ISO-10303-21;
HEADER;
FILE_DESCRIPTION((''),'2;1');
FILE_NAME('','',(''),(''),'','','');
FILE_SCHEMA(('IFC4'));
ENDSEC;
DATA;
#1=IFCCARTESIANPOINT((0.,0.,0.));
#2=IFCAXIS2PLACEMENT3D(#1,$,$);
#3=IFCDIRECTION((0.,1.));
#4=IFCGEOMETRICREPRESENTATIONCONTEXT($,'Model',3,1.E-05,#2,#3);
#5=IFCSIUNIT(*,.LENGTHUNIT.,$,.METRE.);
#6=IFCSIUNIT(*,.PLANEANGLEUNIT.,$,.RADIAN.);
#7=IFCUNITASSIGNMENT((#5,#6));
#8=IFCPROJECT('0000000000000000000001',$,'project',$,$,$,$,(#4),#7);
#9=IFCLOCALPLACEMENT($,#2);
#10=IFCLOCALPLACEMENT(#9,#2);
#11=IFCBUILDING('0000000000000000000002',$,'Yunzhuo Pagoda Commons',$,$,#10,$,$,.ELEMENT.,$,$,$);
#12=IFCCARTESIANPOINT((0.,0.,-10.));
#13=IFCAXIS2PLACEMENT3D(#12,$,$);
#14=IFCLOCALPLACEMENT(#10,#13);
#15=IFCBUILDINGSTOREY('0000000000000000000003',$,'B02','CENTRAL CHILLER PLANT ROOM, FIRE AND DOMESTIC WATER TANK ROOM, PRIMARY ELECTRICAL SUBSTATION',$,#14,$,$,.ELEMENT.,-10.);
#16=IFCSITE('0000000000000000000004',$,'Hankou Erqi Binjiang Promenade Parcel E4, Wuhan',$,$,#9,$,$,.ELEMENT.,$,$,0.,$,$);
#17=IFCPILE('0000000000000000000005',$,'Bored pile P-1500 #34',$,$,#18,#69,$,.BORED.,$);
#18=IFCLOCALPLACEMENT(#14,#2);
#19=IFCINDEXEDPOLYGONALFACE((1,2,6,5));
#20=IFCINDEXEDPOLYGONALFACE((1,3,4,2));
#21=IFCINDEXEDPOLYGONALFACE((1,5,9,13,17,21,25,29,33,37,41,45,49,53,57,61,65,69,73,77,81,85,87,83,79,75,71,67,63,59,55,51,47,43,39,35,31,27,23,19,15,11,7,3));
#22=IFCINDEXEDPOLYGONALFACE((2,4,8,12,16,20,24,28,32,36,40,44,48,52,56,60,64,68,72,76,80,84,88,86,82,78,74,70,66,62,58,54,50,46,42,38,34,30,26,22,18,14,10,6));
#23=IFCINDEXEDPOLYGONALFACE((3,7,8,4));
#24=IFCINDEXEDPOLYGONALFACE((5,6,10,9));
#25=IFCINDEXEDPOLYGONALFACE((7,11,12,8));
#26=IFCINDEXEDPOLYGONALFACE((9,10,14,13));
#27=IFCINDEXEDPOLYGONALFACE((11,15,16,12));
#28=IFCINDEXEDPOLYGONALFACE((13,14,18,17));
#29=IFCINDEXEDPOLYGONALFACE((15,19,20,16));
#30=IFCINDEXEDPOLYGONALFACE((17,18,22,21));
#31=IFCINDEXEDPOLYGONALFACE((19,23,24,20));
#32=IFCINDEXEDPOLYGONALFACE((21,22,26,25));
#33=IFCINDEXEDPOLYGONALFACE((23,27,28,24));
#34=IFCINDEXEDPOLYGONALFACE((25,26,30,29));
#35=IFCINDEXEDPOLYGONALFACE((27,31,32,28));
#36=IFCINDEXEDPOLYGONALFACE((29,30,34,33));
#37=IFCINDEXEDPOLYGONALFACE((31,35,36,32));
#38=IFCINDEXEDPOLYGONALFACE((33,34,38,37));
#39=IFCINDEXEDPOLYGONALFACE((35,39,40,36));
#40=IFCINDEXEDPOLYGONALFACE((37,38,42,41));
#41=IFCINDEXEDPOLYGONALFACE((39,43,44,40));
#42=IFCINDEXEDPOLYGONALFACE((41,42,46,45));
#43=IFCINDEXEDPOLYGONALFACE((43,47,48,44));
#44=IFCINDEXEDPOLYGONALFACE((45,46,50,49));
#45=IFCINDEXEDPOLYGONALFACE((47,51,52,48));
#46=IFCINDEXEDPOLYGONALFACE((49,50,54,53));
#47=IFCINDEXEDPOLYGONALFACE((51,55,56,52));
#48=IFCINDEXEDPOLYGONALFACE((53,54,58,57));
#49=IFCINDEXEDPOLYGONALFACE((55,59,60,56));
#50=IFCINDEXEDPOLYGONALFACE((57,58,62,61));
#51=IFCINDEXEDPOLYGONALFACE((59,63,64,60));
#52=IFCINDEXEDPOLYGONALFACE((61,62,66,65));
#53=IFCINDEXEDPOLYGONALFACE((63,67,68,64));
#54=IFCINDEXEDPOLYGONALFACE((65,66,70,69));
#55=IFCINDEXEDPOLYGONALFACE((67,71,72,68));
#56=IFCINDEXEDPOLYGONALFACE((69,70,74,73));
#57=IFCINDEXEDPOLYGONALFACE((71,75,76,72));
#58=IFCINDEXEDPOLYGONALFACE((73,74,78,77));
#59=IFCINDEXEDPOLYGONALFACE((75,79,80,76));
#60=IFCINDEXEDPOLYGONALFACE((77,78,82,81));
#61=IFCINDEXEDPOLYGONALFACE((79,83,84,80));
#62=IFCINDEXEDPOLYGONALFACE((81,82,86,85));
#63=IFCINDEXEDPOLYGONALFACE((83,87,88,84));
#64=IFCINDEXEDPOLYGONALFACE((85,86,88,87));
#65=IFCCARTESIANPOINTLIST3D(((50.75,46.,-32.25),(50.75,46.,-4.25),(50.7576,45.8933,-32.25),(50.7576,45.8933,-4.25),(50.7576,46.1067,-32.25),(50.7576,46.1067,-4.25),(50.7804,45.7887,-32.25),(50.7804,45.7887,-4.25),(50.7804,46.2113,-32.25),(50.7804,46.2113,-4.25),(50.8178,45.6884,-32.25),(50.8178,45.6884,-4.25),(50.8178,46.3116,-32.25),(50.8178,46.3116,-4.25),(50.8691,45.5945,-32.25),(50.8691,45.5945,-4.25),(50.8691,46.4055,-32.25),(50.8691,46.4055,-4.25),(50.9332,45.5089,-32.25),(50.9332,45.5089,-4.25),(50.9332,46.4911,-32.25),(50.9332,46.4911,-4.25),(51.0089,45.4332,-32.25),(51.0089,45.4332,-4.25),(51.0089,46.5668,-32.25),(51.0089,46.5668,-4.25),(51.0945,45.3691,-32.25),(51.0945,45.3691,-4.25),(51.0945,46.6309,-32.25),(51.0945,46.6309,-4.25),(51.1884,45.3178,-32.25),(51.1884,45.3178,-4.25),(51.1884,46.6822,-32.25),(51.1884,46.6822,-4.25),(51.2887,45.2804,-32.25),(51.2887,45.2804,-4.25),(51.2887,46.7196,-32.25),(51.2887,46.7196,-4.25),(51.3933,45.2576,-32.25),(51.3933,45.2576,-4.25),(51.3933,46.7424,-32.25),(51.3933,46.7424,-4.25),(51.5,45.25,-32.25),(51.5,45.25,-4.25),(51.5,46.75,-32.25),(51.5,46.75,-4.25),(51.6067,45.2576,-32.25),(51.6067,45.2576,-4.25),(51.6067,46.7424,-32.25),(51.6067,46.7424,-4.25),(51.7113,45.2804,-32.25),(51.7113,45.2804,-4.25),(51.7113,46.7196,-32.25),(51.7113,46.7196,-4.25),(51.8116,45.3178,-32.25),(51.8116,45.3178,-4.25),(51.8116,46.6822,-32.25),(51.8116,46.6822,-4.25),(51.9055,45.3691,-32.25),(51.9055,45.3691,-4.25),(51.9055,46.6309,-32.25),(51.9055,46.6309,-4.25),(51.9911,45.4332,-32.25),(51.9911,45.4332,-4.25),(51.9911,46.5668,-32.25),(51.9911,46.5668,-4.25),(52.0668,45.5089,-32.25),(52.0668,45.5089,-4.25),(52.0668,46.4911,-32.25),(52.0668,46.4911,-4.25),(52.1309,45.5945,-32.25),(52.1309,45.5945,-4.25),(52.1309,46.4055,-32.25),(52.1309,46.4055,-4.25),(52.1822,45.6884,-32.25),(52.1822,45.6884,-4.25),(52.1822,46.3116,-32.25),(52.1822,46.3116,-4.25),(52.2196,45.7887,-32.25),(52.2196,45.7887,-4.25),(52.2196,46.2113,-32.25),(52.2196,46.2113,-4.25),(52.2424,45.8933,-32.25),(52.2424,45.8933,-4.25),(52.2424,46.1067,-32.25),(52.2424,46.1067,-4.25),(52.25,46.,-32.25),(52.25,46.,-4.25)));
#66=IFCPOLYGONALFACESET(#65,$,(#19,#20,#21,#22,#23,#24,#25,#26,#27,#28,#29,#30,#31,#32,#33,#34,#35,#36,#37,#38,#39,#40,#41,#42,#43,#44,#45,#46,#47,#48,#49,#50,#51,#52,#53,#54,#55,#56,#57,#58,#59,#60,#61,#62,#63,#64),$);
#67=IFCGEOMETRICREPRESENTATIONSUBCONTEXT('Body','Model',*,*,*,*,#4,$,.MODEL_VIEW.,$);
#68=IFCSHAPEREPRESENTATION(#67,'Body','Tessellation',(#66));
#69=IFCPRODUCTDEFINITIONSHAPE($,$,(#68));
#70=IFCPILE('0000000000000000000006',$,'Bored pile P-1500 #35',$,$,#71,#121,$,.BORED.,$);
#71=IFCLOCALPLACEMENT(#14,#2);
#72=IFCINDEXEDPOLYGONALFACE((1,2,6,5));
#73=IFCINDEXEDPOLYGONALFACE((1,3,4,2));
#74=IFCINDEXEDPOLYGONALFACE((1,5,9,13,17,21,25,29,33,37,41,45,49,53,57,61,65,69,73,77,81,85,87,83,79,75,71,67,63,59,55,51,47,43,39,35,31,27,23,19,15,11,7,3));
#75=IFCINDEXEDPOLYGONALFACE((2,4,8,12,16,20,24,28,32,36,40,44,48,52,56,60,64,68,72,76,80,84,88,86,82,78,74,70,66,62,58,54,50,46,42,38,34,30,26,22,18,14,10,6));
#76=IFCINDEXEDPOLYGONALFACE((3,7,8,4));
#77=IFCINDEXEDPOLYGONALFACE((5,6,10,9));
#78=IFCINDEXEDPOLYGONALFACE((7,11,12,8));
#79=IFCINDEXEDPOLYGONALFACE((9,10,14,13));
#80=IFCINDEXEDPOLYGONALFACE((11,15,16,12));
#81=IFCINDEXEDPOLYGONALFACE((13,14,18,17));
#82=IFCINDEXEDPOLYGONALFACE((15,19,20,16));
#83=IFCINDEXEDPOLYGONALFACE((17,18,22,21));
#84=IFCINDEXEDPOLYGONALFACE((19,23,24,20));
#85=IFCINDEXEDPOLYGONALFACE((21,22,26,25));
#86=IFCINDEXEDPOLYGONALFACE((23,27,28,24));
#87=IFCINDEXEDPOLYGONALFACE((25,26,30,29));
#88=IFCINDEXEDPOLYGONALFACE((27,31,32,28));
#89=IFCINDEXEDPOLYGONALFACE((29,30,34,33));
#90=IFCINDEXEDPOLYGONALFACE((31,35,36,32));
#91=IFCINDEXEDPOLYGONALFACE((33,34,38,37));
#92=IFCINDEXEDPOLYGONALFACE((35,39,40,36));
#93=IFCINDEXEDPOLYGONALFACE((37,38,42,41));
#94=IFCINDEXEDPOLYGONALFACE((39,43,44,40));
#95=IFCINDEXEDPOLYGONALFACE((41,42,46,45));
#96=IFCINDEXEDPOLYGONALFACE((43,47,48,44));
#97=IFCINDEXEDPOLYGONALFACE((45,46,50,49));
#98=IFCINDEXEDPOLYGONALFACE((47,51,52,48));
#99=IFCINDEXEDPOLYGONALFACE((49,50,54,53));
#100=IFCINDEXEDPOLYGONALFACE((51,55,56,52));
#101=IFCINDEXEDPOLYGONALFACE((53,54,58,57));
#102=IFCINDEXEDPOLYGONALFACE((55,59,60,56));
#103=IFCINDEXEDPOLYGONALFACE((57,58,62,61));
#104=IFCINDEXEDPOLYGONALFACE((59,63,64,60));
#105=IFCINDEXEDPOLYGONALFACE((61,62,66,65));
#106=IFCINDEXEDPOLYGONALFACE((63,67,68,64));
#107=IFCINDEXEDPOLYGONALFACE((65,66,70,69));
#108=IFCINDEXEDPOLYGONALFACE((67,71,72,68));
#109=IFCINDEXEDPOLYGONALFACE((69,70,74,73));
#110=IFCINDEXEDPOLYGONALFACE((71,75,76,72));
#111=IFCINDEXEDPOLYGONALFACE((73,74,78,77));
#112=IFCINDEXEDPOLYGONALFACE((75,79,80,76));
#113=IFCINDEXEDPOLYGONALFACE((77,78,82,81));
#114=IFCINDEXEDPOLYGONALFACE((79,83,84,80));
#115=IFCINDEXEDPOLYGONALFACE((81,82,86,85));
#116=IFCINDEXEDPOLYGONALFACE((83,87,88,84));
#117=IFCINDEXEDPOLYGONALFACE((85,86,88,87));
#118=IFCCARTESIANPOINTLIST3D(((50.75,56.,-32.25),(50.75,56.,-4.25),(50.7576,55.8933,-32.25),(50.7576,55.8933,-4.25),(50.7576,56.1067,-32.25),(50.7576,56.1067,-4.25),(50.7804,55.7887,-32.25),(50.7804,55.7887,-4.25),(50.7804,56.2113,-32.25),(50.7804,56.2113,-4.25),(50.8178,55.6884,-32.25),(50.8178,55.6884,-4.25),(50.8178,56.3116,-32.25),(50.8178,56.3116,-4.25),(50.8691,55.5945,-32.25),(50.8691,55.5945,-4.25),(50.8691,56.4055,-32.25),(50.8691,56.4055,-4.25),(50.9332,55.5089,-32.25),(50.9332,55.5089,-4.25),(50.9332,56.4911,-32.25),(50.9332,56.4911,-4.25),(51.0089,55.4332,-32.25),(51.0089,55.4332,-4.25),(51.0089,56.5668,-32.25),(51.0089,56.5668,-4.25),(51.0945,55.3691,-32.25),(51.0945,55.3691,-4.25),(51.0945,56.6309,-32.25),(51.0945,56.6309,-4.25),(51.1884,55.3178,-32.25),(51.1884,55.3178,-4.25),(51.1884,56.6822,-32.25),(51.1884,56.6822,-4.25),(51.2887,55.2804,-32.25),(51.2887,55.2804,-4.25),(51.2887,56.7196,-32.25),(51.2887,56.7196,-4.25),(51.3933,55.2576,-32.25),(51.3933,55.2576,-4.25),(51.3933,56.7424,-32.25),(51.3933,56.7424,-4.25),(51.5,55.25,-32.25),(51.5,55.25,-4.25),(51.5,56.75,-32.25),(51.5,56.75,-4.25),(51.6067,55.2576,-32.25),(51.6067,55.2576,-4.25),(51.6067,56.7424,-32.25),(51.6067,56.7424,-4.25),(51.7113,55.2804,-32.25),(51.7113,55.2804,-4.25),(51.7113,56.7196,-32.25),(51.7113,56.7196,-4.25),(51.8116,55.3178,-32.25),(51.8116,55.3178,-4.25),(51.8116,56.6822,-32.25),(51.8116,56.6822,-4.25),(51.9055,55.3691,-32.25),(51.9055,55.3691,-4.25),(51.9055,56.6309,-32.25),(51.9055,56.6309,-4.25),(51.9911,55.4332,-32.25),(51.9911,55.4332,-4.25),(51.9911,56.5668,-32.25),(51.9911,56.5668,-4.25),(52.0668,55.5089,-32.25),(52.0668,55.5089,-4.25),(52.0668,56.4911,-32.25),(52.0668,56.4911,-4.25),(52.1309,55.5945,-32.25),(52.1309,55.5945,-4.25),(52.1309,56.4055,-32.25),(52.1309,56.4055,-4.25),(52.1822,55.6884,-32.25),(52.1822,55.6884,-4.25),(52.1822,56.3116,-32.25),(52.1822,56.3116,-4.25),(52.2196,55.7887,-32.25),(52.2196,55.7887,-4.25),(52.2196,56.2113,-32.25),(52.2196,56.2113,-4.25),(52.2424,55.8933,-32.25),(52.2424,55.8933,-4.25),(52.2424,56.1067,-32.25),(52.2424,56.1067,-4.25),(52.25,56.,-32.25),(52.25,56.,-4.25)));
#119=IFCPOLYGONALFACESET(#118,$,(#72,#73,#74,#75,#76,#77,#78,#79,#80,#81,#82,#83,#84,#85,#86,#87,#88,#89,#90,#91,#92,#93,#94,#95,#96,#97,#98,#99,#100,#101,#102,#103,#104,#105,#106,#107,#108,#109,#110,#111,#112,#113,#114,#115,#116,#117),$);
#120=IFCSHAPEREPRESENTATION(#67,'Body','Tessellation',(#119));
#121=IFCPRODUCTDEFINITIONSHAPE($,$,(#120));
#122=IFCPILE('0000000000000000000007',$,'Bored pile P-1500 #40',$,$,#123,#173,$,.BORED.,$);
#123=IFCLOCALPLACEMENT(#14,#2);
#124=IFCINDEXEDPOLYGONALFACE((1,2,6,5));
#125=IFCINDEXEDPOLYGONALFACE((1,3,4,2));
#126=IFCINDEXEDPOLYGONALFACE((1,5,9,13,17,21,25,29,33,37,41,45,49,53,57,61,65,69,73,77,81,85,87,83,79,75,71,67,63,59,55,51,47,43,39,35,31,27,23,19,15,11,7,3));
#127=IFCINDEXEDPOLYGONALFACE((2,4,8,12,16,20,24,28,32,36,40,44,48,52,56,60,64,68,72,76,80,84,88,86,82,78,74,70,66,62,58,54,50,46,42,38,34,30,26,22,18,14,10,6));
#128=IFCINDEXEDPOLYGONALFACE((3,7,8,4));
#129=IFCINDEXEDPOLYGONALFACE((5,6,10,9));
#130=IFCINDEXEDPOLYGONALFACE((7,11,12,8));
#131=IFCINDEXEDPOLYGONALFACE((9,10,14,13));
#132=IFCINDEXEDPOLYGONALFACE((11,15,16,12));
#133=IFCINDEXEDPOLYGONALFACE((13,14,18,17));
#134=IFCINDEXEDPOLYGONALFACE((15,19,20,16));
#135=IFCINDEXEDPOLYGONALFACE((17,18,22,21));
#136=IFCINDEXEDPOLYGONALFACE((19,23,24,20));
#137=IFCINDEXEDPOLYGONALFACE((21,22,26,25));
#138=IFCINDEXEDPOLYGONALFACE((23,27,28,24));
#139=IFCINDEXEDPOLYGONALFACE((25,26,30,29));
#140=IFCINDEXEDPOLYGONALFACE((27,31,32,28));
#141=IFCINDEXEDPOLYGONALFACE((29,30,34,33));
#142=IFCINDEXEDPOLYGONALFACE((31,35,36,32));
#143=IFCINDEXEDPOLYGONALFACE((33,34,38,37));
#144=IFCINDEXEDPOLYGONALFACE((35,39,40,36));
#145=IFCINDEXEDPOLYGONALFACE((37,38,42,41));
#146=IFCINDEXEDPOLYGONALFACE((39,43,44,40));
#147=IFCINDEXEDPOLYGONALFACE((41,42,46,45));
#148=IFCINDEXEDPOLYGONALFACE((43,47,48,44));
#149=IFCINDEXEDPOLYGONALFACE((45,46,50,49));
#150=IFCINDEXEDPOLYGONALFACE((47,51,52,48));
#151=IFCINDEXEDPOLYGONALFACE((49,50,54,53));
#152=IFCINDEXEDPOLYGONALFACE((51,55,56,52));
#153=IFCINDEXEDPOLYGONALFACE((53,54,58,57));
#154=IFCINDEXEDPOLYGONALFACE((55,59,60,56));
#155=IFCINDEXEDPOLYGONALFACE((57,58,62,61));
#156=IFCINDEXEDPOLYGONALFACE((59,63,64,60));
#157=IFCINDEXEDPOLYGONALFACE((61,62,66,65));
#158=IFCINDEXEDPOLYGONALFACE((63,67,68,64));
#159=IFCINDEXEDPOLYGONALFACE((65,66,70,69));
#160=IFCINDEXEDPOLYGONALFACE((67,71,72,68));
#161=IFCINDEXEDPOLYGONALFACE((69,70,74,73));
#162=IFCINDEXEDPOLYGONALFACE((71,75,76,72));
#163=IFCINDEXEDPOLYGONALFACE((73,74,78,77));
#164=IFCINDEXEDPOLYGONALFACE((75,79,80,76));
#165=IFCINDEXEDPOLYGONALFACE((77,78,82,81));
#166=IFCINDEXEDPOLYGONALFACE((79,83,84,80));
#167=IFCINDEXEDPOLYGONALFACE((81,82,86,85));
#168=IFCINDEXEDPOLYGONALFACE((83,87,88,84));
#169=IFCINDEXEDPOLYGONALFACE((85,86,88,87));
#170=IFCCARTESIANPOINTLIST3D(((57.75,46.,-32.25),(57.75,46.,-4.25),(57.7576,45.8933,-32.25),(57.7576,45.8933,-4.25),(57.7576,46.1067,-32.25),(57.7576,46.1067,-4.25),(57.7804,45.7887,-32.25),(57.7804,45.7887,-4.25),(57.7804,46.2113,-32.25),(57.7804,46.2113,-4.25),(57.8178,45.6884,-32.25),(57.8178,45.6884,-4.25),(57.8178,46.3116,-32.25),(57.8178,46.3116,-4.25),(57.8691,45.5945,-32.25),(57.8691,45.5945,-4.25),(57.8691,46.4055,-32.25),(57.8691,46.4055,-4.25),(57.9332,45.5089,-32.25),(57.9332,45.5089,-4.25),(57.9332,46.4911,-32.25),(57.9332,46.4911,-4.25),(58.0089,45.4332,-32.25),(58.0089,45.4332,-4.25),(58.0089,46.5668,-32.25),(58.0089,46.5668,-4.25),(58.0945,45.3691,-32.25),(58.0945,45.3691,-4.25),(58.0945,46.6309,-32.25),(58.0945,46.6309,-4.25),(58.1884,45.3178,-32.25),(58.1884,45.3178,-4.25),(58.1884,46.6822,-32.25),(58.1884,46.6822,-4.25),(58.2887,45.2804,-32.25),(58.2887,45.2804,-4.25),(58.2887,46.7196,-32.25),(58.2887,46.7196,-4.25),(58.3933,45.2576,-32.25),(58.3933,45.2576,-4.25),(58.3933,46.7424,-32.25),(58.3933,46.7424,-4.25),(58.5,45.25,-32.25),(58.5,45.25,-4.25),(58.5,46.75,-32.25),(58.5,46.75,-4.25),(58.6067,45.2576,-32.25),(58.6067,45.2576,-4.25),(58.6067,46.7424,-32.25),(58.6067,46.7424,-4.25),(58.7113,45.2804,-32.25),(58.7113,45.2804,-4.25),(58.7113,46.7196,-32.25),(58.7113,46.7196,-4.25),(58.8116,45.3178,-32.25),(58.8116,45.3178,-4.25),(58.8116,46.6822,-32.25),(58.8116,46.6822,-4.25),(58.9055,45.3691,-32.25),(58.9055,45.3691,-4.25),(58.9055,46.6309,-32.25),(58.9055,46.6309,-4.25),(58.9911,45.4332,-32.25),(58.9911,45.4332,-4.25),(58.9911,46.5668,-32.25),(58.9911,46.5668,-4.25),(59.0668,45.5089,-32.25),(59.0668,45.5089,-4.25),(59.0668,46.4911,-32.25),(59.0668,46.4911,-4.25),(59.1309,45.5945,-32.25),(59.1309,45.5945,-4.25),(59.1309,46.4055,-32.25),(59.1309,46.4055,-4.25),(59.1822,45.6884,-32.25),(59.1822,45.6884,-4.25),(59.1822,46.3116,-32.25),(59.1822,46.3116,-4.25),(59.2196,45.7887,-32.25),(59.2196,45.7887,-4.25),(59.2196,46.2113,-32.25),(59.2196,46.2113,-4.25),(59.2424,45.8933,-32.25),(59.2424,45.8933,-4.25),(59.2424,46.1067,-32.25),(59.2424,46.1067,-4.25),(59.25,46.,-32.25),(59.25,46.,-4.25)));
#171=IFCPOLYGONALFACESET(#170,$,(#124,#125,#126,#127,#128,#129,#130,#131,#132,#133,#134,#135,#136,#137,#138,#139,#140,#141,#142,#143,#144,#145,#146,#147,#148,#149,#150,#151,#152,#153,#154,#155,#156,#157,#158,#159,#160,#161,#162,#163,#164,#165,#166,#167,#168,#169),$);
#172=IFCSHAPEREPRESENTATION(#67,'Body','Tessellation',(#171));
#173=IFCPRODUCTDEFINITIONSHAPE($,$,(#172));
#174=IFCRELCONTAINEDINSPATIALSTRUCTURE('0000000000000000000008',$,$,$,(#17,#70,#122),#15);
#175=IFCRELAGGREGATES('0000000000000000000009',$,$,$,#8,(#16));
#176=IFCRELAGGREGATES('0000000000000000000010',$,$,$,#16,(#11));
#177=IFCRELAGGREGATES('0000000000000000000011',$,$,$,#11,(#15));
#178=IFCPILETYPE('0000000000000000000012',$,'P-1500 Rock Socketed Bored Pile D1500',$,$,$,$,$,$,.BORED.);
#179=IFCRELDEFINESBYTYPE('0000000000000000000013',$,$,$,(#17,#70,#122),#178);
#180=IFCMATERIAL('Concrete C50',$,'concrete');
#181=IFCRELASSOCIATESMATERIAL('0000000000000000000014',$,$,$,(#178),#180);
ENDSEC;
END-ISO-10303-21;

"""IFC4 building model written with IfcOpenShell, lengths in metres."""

from ifc_helpers import new_model, si_unit, direction, frame, origin, origin_2d, place, context, subcontext, project, spatial, circle, extrude, source, transform, mapped, material, material_profile, profile_set, type_object, element, save


model = new_model("IFC4")

# Units and contexts
model_context = context("Model", 3, precision=1e-05, world=origin(), true_north=direction((0.0, 1.0)))
body_context = subcontext(model_context, "Body", "Model", "MODEL_VIEW")
ifc_project = project(units=[si_unit("LENGTHUNIT", "METRE"), si_unit("PLANEANGLEUNIT", "RADIAN")], contexts=[model_context])

# Site, building, storey
site_placement = place(None, origin())
site = spatial("IfcSite", under=ifc_project, at=site_placement, Name="Hankou Erqi Binjiang Promenade Parcel E4, Wuhan", CompositionType="ELEMENT", RefElevation=0.0)
building_placement = place(site_placement, origin())
building = spatial("IfcBuilding", under=site, at=building_placement, Name="Yunzhuo Pagoda Commons", CompositionType="ELEMENT")
storey_placement = place(building_placement, frame((0.0, 0.0, -10.0)))
storey = spatial("IfcBuildingStorey", under=building, at=storey_placement, Name="B02", Description="CENTRAL CHILLER PLANT ROOM, FIRE AND DOMESTIC WATER TANK ROOM, PRIMARY ELECTRICAL SUBSTATION", CompositionType="ELEMENT", Elevation=-10.0)

# Piles
ifc_material_1 = material(Name="Concrete C50", Category="concrete")
ifc_material_profile_1 = material_profile(ifc_material_1, circle(Radius=0.75, at=origin_2d()), Name="Concrete C50")
ifc_profile_set_1 = profile_set([ifc_material_profile_1], Name="Concrete C50")
pile_type = type_object("IfcPileType", Name="P-1500 Rock Socketed Bored Pile D1500", PredefinedType="BORED", material=ifc_profile_set_1)
shared_shape_1 = source(origin(), body_context, "Body", "SweptSolid", [
    extrude(circle(Radius=0.75, at=origin_2d()), origin(), (0.0, 0.0, 1.0), 28.0),
])
for number, where, z_axis, x_axis, name in (
    (1, (51.5, 46.0, -4.25), (0.0, 0.0, -1.0), (1.0, 0.0, 0.0), "Bored pile P-1500 #34"),
    (2, (51.5, 56.0, -4.25), (0.0, 0.0, -1.0), (1.0, 0.0, 0.0), "Bored pile P-1500 #35"),
    (3, (58.5, 46.0, -4.25), (0.0, 0.0, -1.0), (1.0, 0.0, 0.0), "Bored pile P-1500 #40"),
):
    element("IfcPile", number, at=place(storey_placement, frame(where, z_axis=z_axis, x_axis=x_axis)), inside=storey, type_object=pile_type, Name=name, PredefinedType="BORED", context=body_context, shape_type="MappedRepresentation", body=[
        mapped(shared_shape_1, transform((0.0, 0.0, 0.0), scale=1.0)),
    ])

save(model, "model.ifc")
